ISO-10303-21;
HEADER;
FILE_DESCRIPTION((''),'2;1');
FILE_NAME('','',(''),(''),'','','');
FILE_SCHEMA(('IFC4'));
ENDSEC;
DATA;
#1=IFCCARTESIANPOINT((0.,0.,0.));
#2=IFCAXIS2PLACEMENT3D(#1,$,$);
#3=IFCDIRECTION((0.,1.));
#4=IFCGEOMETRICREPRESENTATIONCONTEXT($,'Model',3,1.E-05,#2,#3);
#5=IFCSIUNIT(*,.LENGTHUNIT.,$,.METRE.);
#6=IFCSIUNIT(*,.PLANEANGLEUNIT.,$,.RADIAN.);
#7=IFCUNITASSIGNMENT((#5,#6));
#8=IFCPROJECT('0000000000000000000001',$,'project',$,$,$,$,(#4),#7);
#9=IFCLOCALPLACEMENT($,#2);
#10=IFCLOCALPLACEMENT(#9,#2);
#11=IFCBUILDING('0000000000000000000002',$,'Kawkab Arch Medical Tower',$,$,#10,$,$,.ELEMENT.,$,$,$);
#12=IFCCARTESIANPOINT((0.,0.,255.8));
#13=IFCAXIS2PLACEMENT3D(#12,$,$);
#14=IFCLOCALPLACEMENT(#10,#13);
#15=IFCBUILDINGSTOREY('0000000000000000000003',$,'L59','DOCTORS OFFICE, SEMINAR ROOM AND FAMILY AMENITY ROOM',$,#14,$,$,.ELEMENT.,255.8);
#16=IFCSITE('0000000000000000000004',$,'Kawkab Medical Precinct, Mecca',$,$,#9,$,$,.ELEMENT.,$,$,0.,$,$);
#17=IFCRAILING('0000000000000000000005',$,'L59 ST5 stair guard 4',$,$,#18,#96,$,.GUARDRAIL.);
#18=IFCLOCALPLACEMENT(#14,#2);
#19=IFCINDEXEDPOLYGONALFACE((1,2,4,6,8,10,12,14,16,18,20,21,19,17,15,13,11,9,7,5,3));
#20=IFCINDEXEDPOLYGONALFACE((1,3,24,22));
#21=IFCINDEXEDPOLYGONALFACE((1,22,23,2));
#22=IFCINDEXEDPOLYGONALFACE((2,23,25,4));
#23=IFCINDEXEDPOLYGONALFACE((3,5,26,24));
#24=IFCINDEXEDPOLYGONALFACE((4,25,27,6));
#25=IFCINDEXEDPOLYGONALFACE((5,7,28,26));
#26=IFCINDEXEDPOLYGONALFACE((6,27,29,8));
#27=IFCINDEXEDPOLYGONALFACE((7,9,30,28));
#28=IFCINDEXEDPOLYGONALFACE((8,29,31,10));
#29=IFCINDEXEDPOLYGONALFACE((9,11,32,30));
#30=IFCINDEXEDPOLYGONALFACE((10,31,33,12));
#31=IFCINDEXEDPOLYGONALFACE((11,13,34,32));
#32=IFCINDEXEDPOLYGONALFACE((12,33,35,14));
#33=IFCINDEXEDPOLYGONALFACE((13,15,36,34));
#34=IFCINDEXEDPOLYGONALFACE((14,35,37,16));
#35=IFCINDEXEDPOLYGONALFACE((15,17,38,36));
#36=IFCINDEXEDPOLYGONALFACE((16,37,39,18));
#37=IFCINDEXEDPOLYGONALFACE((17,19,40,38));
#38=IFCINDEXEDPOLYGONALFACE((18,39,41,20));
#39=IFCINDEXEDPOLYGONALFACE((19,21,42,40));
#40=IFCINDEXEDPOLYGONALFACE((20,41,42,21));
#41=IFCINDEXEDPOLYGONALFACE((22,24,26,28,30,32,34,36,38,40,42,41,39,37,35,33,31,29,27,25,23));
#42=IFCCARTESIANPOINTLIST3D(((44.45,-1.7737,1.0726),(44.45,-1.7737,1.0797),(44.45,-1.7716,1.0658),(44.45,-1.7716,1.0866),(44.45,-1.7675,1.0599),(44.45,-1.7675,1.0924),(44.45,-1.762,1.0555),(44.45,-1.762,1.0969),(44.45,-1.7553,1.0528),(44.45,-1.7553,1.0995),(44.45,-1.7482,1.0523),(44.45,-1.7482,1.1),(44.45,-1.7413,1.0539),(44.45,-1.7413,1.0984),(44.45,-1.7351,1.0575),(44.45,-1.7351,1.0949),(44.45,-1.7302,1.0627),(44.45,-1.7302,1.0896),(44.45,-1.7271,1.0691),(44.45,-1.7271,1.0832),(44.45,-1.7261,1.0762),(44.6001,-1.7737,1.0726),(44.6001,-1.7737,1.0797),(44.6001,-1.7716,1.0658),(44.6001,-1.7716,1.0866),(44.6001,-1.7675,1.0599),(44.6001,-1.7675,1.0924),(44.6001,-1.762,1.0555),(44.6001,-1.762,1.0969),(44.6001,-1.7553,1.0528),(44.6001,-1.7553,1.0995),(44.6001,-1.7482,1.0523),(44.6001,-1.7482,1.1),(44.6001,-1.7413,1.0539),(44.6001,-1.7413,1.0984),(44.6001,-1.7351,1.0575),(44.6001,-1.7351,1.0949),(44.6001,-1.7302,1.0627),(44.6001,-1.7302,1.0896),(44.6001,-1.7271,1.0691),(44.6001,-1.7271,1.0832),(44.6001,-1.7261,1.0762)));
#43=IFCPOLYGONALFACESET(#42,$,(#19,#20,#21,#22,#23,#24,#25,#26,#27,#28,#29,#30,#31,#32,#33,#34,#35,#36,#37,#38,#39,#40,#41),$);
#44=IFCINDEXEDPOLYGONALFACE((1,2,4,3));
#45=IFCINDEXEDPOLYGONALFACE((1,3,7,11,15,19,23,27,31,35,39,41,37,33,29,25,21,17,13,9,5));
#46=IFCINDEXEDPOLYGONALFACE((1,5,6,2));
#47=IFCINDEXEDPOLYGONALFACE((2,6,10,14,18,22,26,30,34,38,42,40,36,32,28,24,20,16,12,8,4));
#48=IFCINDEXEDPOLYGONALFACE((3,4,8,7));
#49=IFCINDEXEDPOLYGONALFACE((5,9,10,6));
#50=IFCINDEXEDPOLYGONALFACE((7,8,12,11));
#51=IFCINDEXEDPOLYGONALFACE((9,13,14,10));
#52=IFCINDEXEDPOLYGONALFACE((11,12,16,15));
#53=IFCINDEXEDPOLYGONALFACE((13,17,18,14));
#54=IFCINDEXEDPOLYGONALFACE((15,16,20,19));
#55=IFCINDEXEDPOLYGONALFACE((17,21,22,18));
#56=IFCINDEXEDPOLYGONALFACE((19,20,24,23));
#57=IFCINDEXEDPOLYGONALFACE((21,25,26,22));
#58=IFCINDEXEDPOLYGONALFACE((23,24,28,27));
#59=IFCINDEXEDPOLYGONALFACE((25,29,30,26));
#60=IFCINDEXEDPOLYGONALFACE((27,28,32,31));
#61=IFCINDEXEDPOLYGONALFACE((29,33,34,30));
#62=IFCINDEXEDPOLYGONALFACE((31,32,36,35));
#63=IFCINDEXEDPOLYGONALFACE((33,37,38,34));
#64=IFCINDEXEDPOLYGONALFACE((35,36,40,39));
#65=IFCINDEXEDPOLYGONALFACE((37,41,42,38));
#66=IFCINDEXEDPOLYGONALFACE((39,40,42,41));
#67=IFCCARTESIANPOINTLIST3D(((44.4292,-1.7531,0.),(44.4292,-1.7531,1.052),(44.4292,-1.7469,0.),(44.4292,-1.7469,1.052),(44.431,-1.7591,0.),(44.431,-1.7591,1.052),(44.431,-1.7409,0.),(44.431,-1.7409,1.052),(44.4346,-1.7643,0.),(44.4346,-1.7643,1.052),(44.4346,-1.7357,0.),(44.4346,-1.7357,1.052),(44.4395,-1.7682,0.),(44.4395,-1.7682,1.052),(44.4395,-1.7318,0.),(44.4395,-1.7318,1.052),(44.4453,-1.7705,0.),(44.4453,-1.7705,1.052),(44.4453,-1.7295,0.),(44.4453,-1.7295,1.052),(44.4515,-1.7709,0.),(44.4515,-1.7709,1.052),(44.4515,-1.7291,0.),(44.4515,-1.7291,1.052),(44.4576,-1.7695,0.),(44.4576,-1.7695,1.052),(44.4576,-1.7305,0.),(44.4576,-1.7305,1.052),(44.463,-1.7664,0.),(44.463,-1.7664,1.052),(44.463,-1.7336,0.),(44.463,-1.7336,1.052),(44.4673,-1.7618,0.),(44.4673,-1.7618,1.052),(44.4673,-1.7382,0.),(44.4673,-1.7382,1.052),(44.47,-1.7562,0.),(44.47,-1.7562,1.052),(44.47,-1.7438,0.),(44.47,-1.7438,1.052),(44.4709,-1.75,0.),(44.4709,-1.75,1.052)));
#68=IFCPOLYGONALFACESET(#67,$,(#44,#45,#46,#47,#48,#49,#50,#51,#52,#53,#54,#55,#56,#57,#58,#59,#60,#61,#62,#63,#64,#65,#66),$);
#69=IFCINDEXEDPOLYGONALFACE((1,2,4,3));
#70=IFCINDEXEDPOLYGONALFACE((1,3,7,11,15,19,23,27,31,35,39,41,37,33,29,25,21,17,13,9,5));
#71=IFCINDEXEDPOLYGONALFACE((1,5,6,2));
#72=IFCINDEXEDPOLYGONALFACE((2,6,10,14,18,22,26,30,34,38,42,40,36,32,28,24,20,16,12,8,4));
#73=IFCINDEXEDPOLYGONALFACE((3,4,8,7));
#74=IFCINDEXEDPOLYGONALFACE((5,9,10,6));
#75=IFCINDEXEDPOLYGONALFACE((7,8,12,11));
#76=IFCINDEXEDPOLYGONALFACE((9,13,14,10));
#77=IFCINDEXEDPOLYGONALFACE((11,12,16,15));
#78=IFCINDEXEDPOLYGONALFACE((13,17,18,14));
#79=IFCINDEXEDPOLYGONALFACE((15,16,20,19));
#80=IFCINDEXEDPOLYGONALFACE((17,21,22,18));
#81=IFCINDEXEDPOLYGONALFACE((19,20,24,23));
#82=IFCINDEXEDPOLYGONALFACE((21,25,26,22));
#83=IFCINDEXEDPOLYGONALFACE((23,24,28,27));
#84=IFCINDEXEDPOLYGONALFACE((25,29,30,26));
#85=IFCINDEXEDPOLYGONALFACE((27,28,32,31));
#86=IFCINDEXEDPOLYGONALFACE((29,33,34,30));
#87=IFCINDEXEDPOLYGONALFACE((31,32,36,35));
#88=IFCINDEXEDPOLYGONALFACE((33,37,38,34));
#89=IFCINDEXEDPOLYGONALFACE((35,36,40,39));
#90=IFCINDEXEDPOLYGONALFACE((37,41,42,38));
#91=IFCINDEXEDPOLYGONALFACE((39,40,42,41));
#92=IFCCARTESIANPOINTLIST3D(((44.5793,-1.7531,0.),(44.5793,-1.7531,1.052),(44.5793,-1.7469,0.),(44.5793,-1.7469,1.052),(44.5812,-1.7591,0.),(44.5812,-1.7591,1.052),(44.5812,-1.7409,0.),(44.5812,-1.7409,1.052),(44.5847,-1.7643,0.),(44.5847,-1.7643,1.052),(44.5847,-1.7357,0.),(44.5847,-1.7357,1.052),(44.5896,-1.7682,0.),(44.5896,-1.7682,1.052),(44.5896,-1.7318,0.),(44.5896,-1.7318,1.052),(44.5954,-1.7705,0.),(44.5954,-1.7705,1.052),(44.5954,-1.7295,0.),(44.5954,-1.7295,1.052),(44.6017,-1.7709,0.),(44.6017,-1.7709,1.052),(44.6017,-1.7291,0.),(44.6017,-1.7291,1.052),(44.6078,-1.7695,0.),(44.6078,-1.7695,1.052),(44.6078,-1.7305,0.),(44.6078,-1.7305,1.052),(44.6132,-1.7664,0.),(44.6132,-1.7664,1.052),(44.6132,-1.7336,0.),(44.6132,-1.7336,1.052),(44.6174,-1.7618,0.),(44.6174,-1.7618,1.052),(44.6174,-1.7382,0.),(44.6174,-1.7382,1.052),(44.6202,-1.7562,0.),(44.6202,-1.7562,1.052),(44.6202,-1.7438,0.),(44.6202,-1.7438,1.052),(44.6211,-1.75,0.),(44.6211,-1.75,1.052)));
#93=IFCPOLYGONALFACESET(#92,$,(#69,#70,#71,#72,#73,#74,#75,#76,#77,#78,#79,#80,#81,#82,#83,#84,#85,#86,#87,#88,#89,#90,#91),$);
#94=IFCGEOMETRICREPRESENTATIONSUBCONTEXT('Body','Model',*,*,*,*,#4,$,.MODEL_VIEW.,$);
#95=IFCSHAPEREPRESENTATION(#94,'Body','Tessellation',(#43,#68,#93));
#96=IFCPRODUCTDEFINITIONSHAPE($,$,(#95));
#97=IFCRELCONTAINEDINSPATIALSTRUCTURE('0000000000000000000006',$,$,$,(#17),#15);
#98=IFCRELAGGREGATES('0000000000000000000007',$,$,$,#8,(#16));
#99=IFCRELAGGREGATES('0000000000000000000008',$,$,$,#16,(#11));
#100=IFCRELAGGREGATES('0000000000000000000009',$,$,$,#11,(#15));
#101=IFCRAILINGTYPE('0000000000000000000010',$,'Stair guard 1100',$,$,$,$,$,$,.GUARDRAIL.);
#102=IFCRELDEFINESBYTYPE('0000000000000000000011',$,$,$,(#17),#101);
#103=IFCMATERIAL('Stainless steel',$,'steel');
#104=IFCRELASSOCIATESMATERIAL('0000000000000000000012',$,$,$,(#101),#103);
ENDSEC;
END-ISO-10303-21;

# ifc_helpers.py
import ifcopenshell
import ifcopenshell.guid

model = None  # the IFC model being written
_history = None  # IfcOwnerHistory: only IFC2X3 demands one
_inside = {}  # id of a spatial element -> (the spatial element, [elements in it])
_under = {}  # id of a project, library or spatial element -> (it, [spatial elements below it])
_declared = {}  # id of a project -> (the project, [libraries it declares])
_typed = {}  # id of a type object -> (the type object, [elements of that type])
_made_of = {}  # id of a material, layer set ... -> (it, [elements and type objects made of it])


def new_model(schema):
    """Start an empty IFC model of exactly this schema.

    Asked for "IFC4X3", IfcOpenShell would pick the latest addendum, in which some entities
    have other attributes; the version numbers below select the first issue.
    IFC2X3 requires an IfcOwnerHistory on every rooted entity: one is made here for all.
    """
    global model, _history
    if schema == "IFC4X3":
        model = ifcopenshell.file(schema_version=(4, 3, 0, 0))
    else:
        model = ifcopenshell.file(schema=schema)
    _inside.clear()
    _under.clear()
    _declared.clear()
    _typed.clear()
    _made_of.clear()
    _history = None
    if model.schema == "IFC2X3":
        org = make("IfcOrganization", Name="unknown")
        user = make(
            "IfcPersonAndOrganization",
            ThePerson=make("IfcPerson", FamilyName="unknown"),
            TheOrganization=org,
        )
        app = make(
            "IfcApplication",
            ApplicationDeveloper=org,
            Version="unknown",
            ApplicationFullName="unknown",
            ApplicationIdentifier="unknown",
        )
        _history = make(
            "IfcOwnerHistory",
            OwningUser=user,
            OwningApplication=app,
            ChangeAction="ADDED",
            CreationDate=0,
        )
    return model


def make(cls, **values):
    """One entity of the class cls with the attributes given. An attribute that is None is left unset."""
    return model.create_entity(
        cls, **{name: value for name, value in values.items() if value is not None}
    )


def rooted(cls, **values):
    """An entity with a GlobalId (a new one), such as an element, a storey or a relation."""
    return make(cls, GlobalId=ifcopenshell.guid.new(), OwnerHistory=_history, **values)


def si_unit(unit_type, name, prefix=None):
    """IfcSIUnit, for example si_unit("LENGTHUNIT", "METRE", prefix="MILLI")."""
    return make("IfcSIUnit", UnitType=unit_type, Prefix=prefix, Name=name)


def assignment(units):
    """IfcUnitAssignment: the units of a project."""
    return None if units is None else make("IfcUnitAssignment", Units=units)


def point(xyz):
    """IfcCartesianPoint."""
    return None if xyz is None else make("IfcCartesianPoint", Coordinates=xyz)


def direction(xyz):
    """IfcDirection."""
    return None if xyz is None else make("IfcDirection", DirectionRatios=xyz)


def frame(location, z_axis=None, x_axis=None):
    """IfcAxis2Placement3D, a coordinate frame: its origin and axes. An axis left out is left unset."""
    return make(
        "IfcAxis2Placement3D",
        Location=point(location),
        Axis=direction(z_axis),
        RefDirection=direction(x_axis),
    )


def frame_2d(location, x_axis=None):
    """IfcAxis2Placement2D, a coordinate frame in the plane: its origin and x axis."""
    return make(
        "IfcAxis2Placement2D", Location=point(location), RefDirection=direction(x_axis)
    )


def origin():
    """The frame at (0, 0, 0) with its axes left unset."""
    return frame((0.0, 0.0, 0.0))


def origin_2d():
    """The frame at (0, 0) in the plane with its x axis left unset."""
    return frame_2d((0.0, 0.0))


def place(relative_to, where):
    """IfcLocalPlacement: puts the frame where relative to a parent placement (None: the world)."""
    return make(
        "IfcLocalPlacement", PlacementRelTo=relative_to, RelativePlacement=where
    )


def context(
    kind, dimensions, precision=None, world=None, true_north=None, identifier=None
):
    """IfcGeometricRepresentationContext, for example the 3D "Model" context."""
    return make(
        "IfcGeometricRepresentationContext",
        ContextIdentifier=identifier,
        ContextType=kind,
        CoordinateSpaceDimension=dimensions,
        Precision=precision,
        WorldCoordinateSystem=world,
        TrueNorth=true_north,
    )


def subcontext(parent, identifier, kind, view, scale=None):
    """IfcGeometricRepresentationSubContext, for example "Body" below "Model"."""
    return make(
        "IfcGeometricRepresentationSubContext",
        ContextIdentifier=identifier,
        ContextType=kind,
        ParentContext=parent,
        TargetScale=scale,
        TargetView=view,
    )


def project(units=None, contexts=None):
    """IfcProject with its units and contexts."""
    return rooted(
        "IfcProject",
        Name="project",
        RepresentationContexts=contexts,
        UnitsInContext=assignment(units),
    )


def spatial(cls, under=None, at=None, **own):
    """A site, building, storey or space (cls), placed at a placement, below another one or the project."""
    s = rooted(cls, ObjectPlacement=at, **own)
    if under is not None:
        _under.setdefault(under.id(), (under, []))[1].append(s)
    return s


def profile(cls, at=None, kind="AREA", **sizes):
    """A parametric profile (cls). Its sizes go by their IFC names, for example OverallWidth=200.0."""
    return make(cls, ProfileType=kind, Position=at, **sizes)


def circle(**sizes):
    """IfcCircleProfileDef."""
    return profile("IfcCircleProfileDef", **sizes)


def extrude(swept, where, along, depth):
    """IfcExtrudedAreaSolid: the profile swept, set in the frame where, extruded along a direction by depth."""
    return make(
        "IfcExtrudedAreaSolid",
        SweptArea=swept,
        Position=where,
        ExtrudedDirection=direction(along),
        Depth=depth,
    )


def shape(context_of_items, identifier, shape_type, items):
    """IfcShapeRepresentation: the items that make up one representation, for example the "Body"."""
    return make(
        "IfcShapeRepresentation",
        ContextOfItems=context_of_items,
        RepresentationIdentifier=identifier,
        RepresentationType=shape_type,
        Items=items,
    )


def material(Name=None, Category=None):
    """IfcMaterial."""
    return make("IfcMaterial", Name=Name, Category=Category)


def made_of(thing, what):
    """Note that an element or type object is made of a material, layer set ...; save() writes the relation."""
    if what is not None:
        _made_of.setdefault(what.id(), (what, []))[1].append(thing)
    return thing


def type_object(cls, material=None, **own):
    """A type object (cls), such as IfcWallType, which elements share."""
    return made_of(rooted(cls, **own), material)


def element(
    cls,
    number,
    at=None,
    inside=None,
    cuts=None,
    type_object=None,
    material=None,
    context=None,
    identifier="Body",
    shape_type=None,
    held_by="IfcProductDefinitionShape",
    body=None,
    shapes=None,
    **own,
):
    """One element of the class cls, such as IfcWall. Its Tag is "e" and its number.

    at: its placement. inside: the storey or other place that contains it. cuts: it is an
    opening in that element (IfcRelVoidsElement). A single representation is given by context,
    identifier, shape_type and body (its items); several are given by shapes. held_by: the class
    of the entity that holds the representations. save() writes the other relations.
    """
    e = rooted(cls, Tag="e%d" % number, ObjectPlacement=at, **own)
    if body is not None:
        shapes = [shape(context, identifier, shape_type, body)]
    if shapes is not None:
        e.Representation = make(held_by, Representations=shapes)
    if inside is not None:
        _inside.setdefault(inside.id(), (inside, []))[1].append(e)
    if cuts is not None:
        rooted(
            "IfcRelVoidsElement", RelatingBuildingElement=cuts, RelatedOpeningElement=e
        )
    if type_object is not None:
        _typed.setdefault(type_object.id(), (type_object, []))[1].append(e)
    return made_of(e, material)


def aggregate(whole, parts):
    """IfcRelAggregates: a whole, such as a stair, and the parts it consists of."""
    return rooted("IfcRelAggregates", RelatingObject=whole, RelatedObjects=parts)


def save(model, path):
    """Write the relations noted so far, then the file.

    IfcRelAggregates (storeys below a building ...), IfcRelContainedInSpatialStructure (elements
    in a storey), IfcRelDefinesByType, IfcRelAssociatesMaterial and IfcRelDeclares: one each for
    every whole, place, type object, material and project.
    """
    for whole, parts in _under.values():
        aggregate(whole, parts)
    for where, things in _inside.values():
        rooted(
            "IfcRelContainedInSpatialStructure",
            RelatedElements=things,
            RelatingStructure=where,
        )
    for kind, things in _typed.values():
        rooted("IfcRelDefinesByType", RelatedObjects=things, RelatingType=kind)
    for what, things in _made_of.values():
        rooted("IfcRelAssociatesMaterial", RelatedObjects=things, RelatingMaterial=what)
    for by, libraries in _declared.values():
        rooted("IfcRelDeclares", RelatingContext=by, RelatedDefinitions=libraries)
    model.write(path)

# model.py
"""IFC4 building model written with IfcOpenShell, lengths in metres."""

from ifc_helpers import new_model, si_unit, direction, frame, origin, origin_2d, place, context, subcontext, project, spatial, circle, extrude, material, type_object, element, save


model = new_model("IFC4")

# Units and contexts
model_context = context("Model", 3, precision=1e-05, world=origin(), true_north=direction((0.0, 1.0)))
body_context = subcontext(model_context, "Body", "Model", "MODEL_VIEW")
ifc_project = project(units=[si_unit("LENGTHUNIT", "METRE"), si_unit("PLANEANGLEUNIT", "RADIAN")], contexts=[model_context])

# Site, building, storey
site_placement = place(None, origin())
site = spatial("IfcSite", under=ifc_project, at=site_placement, Name="Kawkab Medical Precinct, Mecca", CompositionType="ELEMENT", RefElevation=0.0)
building_placement = place(site_placement, origin())
building = spatial("IfcBuilding", under=site, at=building_placement, Name="Kawkab Arch Medical Tower", CompositionType="ELEMENT")
storey_placement = place(building_placement, frame((0.0, 0.0, 255.8)))
storey = spatial("IfcBuildingStorey", under=building, at=storey_placement, Name="L59", Description="DOCTORS OFFICE, SEMINAR ROOM AND FAMILY AMENITY ROOM", CompositionType="ELEMENT", Elevation=255.8)

# Railing
ifc_material_1 = material(Name="Stainless steel", Category="steel")
railing_type_1 = type_object("IfcRailingType", Name="Stair guard 1100", PredefinedType="GUARDRAIL", material=ifc_material_1)
railing_1_placement = place(storey_placement, frame((44.45, -1.75, 0.0)))
element("IfcRailing", 1, at=railing_1_placement, inside=storey, type_object=railing_type_1, Name="L59 ST5 stair guard 4", PredefinedType="GUARDRAIL", context=body_context, shape_type="SweptSolid", body=[
    extrude(circle(Radius=0.0239, at=origin_2d()), frame((0.0, 0.0, 1.0762), z_axis=(1.0, 0.0, 0.0), x_axis=(0.0, 1.0, 0.0)), (0.0, 0.0, 1.0), 0.1501),
    extrude(circle(Radius=0.021, at=origin_2d()), origin(), (0.0, 0.0, 1.0), 1.052),
    extrude(circle(Radius=0.021, at=origin_2d()), frame((0.1501, 0.0, 0.0)), (0.0, 0.0, 1.0), 1.052),
])

save(model, "model.ifc")
